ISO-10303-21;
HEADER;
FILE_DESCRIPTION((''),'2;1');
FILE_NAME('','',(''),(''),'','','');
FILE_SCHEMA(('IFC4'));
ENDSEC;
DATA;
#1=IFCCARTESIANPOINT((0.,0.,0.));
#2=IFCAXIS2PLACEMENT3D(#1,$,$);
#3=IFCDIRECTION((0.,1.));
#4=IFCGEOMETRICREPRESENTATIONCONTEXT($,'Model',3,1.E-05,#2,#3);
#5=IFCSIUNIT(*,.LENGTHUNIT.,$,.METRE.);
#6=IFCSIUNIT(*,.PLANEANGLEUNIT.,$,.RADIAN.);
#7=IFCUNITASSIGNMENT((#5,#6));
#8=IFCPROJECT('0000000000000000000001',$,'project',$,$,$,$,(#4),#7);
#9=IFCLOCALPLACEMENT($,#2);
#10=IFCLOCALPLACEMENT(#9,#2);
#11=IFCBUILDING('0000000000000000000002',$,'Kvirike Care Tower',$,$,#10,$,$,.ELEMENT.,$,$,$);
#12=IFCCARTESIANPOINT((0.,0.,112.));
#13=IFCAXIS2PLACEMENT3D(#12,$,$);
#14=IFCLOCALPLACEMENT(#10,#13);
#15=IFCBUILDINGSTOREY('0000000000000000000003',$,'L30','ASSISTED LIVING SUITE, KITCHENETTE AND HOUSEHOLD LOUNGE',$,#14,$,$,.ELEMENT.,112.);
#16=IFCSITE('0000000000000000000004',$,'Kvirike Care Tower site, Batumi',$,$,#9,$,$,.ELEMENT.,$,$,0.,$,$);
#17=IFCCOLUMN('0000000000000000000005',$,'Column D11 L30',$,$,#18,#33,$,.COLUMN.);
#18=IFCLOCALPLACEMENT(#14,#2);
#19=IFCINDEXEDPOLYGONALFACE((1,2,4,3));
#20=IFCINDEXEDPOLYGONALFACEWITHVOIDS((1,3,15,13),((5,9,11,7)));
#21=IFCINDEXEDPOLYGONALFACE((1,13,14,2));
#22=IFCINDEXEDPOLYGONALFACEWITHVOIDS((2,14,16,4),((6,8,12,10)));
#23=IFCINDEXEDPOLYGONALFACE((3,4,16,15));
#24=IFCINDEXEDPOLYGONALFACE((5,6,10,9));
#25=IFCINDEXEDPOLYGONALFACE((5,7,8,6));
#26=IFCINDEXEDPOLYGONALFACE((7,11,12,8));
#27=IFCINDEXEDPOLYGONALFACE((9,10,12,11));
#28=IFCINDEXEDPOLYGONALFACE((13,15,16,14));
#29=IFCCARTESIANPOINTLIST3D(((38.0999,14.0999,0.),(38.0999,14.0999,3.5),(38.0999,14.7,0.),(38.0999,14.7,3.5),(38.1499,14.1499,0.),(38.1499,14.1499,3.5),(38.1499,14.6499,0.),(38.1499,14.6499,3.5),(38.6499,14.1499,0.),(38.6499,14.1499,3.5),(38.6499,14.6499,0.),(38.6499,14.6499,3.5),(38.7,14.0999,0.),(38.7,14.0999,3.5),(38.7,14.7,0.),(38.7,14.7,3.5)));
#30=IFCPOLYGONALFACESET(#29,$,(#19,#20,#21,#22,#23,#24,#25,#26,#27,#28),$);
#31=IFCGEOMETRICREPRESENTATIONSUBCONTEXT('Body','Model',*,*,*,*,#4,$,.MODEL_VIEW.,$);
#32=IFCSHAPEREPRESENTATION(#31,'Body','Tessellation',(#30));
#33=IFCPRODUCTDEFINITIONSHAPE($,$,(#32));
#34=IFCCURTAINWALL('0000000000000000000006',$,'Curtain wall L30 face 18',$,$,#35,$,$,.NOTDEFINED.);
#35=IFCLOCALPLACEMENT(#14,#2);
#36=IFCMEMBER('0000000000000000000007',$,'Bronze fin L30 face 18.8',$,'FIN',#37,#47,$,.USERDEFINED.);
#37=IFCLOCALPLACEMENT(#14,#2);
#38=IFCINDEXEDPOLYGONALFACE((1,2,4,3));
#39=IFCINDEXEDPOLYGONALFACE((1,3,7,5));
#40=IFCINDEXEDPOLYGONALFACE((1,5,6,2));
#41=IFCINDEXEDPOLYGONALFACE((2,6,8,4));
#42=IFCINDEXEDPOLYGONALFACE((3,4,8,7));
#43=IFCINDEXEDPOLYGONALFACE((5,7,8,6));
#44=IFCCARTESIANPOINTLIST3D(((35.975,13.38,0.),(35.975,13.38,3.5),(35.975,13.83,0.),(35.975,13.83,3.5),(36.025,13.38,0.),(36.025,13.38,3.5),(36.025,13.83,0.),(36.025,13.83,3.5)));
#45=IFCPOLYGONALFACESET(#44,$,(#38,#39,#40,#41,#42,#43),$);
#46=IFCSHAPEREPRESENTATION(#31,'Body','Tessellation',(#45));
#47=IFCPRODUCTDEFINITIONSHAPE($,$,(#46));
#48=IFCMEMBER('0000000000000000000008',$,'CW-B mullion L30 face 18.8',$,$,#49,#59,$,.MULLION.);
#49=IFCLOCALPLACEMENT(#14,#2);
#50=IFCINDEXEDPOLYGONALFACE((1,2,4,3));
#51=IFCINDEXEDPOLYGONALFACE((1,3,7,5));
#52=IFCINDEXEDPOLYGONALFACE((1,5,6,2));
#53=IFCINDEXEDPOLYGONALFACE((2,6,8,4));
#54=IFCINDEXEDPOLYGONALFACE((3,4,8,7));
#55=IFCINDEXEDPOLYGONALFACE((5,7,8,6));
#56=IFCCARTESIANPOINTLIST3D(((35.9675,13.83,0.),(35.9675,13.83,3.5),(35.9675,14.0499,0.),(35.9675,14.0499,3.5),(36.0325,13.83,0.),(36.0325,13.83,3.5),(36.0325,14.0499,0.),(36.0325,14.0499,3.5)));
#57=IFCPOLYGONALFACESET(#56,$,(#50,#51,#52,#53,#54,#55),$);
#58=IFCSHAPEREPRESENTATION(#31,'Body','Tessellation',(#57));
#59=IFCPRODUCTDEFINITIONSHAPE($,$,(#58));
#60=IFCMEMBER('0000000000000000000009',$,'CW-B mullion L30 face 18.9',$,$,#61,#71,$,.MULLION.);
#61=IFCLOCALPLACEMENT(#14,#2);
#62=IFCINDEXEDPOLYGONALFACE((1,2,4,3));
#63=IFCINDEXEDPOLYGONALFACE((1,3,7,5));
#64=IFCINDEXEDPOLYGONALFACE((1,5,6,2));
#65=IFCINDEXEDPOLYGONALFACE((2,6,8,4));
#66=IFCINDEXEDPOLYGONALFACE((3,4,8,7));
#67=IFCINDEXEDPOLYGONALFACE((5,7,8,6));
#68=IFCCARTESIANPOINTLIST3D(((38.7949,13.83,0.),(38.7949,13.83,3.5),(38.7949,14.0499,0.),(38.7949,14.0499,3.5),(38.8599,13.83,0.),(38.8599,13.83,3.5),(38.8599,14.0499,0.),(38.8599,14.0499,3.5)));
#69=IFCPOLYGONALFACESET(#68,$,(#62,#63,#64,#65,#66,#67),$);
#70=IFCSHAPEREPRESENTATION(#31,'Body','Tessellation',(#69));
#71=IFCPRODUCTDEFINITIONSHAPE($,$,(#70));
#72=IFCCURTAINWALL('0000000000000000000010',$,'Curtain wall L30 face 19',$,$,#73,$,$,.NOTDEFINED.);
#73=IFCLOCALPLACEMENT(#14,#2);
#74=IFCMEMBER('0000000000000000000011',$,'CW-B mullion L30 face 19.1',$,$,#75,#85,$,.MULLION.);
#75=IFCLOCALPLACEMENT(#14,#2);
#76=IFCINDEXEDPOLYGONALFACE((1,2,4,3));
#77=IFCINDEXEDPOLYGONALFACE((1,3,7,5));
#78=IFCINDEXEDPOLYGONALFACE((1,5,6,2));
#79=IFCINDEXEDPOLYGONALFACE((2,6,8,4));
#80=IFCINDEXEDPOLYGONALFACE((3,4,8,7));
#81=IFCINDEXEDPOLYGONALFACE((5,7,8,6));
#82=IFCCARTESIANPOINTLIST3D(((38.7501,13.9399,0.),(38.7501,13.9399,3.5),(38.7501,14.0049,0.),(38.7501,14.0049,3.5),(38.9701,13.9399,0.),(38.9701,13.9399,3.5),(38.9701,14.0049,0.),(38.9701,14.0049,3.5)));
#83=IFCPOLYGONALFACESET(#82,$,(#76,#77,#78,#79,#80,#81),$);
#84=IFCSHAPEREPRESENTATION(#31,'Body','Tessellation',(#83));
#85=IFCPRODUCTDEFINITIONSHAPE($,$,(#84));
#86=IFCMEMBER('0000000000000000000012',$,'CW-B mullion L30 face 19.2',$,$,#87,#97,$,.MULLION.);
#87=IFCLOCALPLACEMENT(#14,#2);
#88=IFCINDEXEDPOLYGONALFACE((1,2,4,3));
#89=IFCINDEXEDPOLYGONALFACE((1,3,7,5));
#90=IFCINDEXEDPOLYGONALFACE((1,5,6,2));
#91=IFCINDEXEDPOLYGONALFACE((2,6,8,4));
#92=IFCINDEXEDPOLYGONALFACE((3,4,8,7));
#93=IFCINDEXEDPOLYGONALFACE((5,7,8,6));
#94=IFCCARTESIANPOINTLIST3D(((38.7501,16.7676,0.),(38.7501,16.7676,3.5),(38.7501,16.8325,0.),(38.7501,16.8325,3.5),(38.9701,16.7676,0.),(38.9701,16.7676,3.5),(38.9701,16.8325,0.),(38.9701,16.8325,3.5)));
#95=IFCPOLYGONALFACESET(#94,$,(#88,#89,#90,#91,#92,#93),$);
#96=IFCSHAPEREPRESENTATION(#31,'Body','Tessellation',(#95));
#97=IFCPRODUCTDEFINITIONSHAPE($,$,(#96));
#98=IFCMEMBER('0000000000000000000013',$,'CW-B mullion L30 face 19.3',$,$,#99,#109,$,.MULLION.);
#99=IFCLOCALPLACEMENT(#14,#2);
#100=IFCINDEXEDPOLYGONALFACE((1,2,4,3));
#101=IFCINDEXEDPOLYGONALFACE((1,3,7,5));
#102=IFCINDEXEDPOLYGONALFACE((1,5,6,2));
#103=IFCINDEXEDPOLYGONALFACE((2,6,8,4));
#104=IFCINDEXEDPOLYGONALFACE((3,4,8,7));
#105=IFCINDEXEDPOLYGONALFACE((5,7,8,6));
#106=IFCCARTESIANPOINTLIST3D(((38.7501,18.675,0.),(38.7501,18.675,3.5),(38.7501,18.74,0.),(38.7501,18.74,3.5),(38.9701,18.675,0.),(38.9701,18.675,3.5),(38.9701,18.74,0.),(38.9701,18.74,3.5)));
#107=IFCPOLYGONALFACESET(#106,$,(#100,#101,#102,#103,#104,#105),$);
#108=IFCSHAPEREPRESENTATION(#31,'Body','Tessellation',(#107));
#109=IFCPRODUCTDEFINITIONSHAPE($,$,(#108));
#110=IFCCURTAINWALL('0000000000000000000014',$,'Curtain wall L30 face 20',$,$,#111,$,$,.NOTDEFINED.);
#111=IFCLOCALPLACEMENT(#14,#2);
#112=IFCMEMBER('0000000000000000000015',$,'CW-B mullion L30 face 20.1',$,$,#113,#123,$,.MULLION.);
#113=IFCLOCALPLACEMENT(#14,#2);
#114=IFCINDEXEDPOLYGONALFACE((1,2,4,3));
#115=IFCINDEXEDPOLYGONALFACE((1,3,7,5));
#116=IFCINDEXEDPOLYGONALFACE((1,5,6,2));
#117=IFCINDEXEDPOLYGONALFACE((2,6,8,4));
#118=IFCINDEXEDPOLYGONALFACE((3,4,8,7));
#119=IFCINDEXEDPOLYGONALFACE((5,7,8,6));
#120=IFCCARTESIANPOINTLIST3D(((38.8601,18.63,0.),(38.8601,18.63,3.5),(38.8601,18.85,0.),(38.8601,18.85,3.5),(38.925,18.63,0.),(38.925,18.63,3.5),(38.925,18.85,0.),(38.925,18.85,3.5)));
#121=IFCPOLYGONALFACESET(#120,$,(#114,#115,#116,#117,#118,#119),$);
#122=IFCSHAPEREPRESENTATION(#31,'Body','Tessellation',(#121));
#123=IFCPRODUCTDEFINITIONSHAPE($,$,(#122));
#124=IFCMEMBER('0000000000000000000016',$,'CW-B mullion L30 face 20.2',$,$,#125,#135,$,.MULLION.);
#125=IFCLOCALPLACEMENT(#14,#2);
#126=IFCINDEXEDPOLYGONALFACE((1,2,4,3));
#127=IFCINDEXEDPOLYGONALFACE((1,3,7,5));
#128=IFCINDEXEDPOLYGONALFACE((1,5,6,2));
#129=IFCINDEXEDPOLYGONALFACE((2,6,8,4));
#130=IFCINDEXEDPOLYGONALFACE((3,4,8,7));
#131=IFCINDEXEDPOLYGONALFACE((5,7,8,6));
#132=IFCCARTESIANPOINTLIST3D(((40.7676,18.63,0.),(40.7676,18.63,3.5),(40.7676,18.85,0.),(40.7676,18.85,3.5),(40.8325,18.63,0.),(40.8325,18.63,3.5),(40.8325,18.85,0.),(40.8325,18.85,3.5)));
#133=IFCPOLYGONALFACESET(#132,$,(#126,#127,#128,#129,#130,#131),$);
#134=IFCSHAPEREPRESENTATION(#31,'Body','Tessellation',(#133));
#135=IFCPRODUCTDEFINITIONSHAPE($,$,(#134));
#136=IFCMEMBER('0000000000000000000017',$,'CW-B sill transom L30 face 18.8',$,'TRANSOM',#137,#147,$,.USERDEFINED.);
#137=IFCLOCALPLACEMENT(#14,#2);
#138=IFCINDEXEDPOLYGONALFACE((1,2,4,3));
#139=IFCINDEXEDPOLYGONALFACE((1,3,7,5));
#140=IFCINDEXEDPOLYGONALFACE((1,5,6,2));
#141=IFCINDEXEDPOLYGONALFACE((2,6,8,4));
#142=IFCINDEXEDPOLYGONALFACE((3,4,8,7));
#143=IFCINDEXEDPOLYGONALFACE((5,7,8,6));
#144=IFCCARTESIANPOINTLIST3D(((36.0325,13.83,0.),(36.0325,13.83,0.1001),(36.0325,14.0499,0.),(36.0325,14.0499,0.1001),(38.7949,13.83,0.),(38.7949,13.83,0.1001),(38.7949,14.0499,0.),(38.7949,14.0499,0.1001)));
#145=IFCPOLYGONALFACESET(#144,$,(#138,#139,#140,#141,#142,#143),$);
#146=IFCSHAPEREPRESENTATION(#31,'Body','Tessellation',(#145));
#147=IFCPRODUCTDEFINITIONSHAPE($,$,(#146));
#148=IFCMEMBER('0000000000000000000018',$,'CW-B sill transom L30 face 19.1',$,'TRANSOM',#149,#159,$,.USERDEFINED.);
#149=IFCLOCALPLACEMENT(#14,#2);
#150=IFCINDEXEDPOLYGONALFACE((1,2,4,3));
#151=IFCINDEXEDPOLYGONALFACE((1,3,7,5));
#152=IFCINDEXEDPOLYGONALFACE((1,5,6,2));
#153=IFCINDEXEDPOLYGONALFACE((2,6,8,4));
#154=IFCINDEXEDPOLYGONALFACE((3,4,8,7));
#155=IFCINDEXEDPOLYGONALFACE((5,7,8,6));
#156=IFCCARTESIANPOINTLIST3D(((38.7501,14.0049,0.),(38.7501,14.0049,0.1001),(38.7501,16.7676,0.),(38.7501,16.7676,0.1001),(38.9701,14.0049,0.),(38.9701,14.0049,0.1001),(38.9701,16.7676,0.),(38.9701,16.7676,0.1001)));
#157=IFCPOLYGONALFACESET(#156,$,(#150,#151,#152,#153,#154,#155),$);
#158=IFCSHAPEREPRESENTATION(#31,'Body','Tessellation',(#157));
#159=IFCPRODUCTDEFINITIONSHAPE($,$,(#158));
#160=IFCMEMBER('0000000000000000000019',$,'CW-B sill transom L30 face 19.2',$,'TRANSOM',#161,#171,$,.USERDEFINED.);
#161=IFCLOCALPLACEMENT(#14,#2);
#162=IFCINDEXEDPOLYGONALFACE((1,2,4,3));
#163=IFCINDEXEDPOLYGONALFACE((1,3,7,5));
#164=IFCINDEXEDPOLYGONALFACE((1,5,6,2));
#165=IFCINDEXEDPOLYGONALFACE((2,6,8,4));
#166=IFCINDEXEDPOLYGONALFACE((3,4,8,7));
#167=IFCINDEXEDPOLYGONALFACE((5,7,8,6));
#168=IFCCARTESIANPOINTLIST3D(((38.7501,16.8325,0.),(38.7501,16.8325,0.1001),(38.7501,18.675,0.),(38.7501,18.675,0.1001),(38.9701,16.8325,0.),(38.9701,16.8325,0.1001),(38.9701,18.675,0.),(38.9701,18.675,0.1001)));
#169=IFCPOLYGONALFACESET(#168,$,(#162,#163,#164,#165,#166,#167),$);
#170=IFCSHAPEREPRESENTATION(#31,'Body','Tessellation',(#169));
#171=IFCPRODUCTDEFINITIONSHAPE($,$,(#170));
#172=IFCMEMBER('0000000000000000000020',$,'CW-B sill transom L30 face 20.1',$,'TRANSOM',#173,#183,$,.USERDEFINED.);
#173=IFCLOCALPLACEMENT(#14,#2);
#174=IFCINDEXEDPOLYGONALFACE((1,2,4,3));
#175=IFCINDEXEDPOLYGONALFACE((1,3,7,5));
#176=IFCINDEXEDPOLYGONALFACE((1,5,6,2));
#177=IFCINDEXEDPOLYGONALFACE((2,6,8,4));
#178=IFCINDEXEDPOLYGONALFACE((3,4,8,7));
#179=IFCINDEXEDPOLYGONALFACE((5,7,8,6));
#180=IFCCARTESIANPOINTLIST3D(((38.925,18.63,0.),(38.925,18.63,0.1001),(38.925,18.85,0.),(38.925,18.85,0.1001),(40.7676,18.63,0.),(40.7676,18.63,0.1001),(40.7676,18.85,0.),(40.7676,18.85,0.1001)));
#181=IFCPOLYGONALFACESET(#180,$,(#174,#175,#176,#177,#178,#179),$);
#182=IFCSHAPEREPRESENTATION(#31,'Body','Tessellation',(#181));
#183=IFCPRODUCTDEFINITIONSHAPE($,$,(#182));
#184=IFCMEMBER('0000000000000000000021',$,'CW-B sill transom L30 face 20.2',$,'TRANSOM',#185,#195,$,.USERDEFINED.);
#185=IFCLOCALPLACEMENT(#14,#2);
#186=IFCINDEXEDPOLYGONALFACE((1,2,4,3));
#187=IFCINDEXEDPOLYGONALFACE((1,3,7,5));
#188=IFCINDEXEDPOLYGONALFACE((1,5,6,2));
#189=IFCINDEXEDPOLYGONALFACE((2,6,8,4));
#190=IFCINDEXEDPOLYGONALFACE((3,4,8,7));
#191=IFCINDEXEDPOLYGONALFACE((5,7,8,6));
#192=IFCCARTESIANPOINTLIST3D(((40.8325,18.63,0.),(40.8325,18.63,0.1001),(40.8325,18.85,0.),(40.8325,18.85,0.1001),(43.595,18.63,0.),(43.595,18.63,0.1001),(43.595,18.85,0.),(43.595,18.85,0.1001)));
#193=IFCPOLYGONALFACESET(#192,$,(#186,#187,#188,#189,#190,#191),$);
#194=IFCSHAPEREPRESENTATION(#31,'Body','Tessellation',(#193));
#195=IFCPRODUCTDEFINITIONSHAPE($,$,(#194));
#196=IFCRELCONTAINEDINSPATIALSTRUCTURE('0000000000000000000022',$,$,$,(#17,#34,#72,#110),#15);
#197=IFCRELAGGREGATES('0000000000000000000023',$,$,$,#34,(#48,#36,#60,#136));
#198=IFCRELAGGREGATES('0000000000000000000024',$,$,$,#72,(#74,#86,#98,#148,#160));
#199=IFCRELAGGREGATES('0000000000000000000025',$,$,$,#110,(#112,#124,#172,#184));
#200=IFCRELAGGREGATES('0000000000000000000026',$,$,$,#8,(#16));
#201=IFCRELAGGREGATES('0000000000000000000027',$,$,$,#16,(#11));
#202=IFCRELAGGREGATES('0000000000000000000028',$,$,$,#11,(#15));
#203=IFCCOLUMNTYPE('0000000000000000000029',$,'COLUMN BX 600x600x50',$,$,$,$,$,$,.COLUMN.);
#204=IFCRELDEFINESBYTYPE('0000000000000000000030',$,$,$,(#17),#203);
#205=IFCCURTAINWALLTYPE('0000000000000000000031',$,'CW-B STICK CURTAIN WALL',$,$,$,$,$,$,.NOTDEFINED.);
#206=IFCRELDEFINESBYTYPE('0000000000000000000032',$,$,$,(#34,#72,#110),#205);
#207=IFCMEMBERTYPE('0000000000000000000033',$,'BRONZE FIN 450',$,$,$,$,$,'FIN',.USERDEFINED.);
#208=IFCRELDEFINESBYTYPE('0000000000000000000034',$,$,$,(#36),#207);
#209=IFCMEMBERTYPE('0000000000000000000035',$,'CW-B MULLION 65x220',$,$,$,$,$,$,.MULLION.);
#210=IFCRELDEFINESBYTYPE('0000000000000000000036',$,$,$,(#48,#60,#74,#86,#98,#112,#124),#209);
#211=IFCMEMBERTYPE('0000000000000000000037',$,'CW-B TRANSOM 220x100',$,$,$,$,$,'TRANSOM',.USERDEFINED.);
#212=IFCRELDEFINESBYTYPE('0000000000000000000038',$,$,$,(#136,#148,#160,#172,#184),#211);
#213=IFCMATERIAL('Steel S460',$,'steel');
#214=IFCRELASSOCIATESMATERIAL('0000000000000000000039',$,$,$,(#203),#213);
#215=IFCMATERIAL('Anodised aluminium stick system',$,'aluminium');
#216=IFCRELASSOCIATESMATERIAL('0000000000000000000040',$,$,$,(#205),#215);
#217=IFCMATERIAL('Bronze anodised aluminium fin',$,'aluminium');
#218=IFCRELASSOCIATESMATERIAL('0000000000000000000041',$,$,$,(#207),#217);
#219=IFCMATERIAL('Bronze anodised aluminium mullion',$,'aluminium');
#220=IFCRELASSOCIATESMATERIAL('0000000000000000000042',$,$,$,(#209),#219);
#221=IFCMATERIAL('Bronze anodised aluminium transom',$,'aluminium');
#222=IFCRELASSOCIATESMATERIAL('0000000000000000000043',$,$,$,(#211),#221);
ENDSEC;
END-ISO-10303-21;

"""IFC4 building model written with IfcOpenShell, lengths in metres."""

from ifc_helpers import new_model, si_unit, direction, frame, origin, origin_2d, place, context, subcontext, project, spatial, rectangle, hollow_rectangle, extrude, material, material_profile, profile_set, type_object, element, aggregate, save


model = new_model("IFC4")

# Units and contexts
model_context = context("Model", 3, precision=1e-05, world=origin(), true_north=direction((0.0, 1.0)))
body_context = subcontext(model_context, "Body", "Model", "MODEL_VIEW")
ifc_project = project(units=[si_unit("LENGTHUNIT", "METRE"), si_unit("PLANEANGLEUNIT", "RADIAN")], contexts=[model_context])

# Site, building, storey
site_placement = place(None, origin())
site = spatial("IfcSite", under=ifc_project, at=site_placement, Name="Kvirike Care Tower site, Batumi", CompositionType="ELEMENT", RefElevation=0.0)
building_placement = place(site_placement, origin())
building = spatial("IfcBuilding", under=site, at=building_placement, Name="Kvirike Care Tower", CompositionType="ELEMENT")
storey_placement = place(building_placement, frame((0.0, 0.0, 112.0)))
storey = spatial("IfcBuildingStorey", under=building, at=storey_placement, Name="L30", Description="ASSISTED LIVING SUITE, KITCHENETTE AND HOUSEHOLD LOUNGE", CompositionType="ELEMENT", Elevation=112.0)

# Column
ifc_material_1 = material(Name="Steel S460", Category="steel")
ifc_material_profile_1 = material_profile(ifc_material_1, hollow_rectangle(XDim=0.6001, YDim=0.6001, WallThickness=0.05, at=origin_2d()), Name="BX 600x600x50")
ifc_profile_set_1 = profile_set([ifc_material_profile_1], Name="Steel S460")
column_type = type_object("IfcColumnType", Name="COLUMN BX 600x600x50", PredefinedType="COLUMN", material=ifc_profile_set_1)
column_placement = place(storey_placement, frame((38.3999, 14.3999, 0.0), z_axis=(0.0, 0.0, 1.0), x_axis=(0.0, 1.0, 0.0)))
element("IfcColumn", 1, at=column_placement, inside=storey, type_object=column_type, Name="Column D11 L30", PredefinedType="COLUMN", context=body_context, shape_type="SweptSolid", body=[
    extrude(hollow_rectangle(XDim=0.6001, YDim=0.6001, WallThickness=0.05, at=origin_2d()), origin(), (0.0, 0.0, 1.0), 3.5),
])

# Curtain walls, members
ifc_material_2 = material(Name="Anodised aluminium stick system", Category="aluminium")
curtain_wall_type = type_object("IfcCurtainWallType", Name="CW-B STICK CURTAIN WALL", PredefinedType="NOTDEFINED", material=ifc_material_2)
curtain_wall_1_placement = place(storey_placement, origin())
curtain_wall_1 = element("IfcCurtainWall", 2, at=curtain_wall_1_placement, inside=storey, type_object=curtain_wall_type, Name="Curtain wall L30 face 18", PredefinedType="NOTDEFINED")
ifc_material_3 = material(Name="Bronze anodised aluminium fin", Category="aluminium")
ifc_material_profile_2 = material_profile(ifc_material_3, rectangle(XDim=0.05, YDim=0.45, at=origin_2d()), Name="BRONZE FIN 450")
ifc_profile_set_2 = profile_set([ifc_material_profile_2], Name="Bronze anodised aluminium fin")
member_type_1 = type_object("IfcMemberType", Name="BRONZE FIN 450", ElementType="FIN", PredefinedType="USERDEFINED", material=ifc_profile_set_2)
member_1_placement = place(storey_placement, frame((36.0, 13.605, 0.0), z_axis=(0.0, 0.0, 1.0), x_axis=(1.0, 0.0, 0.0)))
member_1 = element("IfcMember", 3, at=member_1_placement, type_object=member_type_1, Name="Bronze fin L30 face 18.8", ObjectType="FIN", PredefinedType="USERDEFINED", context=body_context, shape_type="SweptSolid", body=[
    extrude(rectangle(XDim=0.05, YDim=0.45, at=origin_2d()), origin(), (0.0, 0.0, 1.0), 3.5),
])
ifc_material_4 = material(Name="Bronze anodised aluminium mullion", Category="aluminium")
ifc_material_profile_3 = material_profile(ifc_material_4, rectangle(XDim=0.0649, YDim=0.22, at=origin_2d()), Name="CW-B MULLION 65x220")
ifc_profile_set_3 = profile_set([ifc_material_profile_3], Name="Bronze anodised aluminium mullion")
member_type_2 = type_object("IfcMemberType", Name="CW-B MULLION 65x220", PredefinedType="MULLION", material=ifc_profile_set_3)
member_2_placement = place(storey_placement, frame((36.0, 13.9399, 0.0), z_axis=(0.0, 0.0, 1.0), x_axis=(1.0, 0.0, 0.0)))
member_2 = element("IfcMember", 4, at=member_2_placement, type_object=member_type_2, Name="CW-B mullion L30 face 18.8", PredefinedType="MULLION", context=body_context, shape_type="SweptSolid", body=[
    extrude(rectangle(XDim=0.0649, YDim=0.22, at=origin_2d()), origin(), (0.0, 0.0, 1.0), 3.5),
])
member_3_placement = place(storey_placement, frame((38.8274, 13.9399, 0.0), z_axis=(0.0, 0.0, 1.0), x_axis=(1.0, 0.0, 0.0)))
member_3 = element("IfcMember", 5, at=member_3_placement, type_object=member_type_2, Name="CW-B mullion L30 face 18.9", PredefinedType="MULLION", context=body_context, shape_type="SweptSolid", body=[
    extrude(rectangle(XDim=0.0649, YDim=0.22, at=origin_2d()), origin(), (0.0, 0.0, 1.0), 3.5),
])
curtain_wall_2_placement = place(storey_placement, origin())
curtain_wall_2 = element("IfcCurtainWall", 6, at=curtain_wall_2_placement, inside=storey, type_object=curtain_wall_type, Name="Curtain wall L30 face 19", PredefinedType="NOTDEFINED")
member_4_placement = place(storey_placement, frame((38.8601, 13.9724, 0.0), z_axis=(0.0, 0.0, 1.0), x_axis=(0.0, 1.0, 0.0)))
member_4 = element("IfcMember", 7, at=member_4_placement, type_object=member_type_2, Name="CW-B mullion L30 face 19.1", PredefinedType="MULLION", context=body_context, shape_type="SweptSolid", body=[
    extrude(rectangle(XDim=0.0649, YDim=0.22, at=origin_2d()), origin(), (0.0, 0.0, 1.0), 3.5),
])
member_5_placement = place(storey_placement, frame((38.8601, 16.8, 0.0), z_axis=(0.0, 0.0, 1.0), x_axis=(0.0, 1.0, 0.0)))
member_5 = element("IfcMember", 8, at=member_5_placement, type_object=member_type_2, Name="CW-B mullion L30 face 19.2", PredefinedType="MULLION", context=body_context, shape_type="SweptSolid", body=[
    extrude(rectangle(XDim=0.0649, YDim=0.22, at=origin_2d()), origin(), (0.0, 0.0, 1.0), 3.5),
])
member_6_placement = place(storey_placement, frame((38.8601, 18.7075, 0.0), z_axis=(0.0, 0.0, 1.0), x_axis=(0.0, 1.0, 0.0)))
member_6 = element("IfcMember", 9, at=member_6_placement, type_object=member_type_2, Name="CW-B mullion L30 face 19.3", PredefinedType="MULLION", context=body_context, shape_type="SweptSolid", body=[
    extrude(rectangle(XDim=0.0649, YDim=0.22, at=origin_2d()), origin(), (0.0, 0.0, 1.0), 3.5),
])
curtain_wall_3_placement = place(storey_placement, origin())
curtain_wall_3 = element("IfcCurtainWall", 10, at=curtain_wall_3_placement, inside=storey, type_object=curtain_wall_type, Name="Curtain wall L30 face 20", PredefinedType="NOTDEFINED")
member_7_placement = place(storey_placement, frame((38.8926, 18.74, 0.0), z_axis=(0.0, 0.0, 1.0), x_axis=(1.0, 0.0, 0.0)))
member_7 = element("IfcMember", 11, at=member_7_placement, type_object=member_type_2, Name="CW-B mullion L30 face 20.1", PredefinedType="MULLION", context=body_context, shape_type="SweptSolid", body=[
    extrude(rectangle(XDim=0.0649, YDim=0.22, at=origin_2d()), origin(), (0.0, 0.0, 1.0), 3.5),
])
member_8_placement = place(storey_placement, frame((40.8, 18.74, 0.0), z_axis=(0.0, 0.0, 1.0), x_axis=(1.0, 0.0, 0.0)))
member_8 = element("IfcMember", 12, at=member_8_placement, type_object=member_type_2, Name="CW-B mullion L30 face 20.2", PredefinedType="MULLION", context=body_context, shape_type="SweptSolid", body=[
    extrude(rectangle(XDim=0.0649, YDim=0.22, at=origin_2d()), origin(), (0.0, 0.0, 1.0), 3.5),
])

# Members
ifc_material_5 = material(Name="Bronze anodised aluminium transom", Category="aluminium")
ifc_material_profile_4 = material_profile(ifc_material_5, rectangle(XDim=0.22, YDim=0.1001, at=origin_2d()), Name="CW-B TRANSOM 220x100")
ifc_profile_set_4 = profile_set([ifc_material_profile_4], Name="Bronze anodised aluminium transom")
member_type_3 = type_object("IfcMemberType", Name="CW-B TRANSOM 220x100", ElementType="TRANSOM", PredefinedType="USERDEFINED", material=ifc_profile_set_4)
member_9_placement = place(storey_placement, frame((36.0325, 13.9399, 0.05), z_axis=(1.0, 0.0, 0.0), x_axis=(0.0, 1.0, 0.0)))
member_9 = element("IfcMember", 13, at=member_9_placement, type_object=member_type_3, Name="CW-B sill transom L30 face 18.8", ObjectType="TRANSOM", PredefinedType="USERDEFINED", context=body_context, shape_type="SweptSolid", body=[
    extrude(rectangle(XDim=0.22, YDim=0.1001, at=origin_2d()), origin(), (0.0, 0.0, 1.0), 2.7625),
])
member_10_placement = place(storey_placement, frame((38.8601, 14.0049, 0.05), z_axis=(0.0, 1.0, 0.0), x_axis=(-1.0, 0.0, 0.0)))
member_10 = element("IfcMember", 14, at=member_10_placement, type_object=member_type_3, Name="CW-B sill transom L30 face 19.1", ObjectType="TRANSOM", PredefinedType="USERDEFINED", context=body_context, shape_type="SweptSolid", body=[
    extrude(rectangle(XDim=0.22, YDim=0.1001, at=origin_2d()), origin(), (0.0, 0.0, 1.0), 2.7627),
])
member_11_placement = place(storey_placement, frame((38.8601, 16.8325, 0.05), z_axis=(0.0, 1.0, 0.0), x_axis=(-1.0, 0.0, 0.0)))
member_11 = element("IfcMember", 15, at=member_11_placement, type_object=member_type_3, Name="CW-B sill transom L30 face 19.2", ObjectType="TRANSOM", PredefinedType="USERDEFINED", context=body_context, shape_type="SweptSolid", body=[
    extrude(rectangle(XDim=0.22, YDim=0.1001, at=origin_2d()), origin(), (0.0, 0.0, 1.0), 1.8425),
])
member_12_placement = place(storey_placement, frame((38.925, 18.74, 0.05), z_axis=(1.0, 0.0, 0.0), x_axis=(0.0, 1.0, 0.0)))
member_12 = element("IfcMember", 16, at=member_12_placement, type_object=member_type_3, Name="CW-B sill transom L30 face 20.1", ObjectType="TRANSOM", PredefinedType="USERDEFINED", context=body_context, shape_type="SweptSolid", body=[
    extrude(rectangle(XDim=0.22, YDim=0.1001, at=origin_2d()), origin(), (0.0, 0.0, 1.0), 1.8425),
])
member_13_placement = place(storey_placement, frame((40.8325, 18.74, 0.05), z_axis=(1.0, 0.0, 0.0), x_axis=(0.0, 1.0, 0.0)))
member_13 = element("IfcMember", 17, at=member_13_placement, type_object=member_type_3, Name="CW-B sill transom L30 face 20.2", ObjectType="TRANSOM", PredefinedType="USERDEFINED", context=body_context, shape_type="SweptSolid", body=[
    extrude(rectangle(XDim=0.22, YDim=0.1001, at=origin_2d()), origin(), (0.0, 0.0, 1.0), 2.7625),
])

aggregate(curtain_wall_1, [member_2, member_1, member_3, member_9])
aggregate(curtain_wall_2, [member_4, member_5, member_6, member_10, member_11])
aggregate(curtain_wall_3, [member_7, member_8, member_12, member_13])

save(model, "model.ifc")
